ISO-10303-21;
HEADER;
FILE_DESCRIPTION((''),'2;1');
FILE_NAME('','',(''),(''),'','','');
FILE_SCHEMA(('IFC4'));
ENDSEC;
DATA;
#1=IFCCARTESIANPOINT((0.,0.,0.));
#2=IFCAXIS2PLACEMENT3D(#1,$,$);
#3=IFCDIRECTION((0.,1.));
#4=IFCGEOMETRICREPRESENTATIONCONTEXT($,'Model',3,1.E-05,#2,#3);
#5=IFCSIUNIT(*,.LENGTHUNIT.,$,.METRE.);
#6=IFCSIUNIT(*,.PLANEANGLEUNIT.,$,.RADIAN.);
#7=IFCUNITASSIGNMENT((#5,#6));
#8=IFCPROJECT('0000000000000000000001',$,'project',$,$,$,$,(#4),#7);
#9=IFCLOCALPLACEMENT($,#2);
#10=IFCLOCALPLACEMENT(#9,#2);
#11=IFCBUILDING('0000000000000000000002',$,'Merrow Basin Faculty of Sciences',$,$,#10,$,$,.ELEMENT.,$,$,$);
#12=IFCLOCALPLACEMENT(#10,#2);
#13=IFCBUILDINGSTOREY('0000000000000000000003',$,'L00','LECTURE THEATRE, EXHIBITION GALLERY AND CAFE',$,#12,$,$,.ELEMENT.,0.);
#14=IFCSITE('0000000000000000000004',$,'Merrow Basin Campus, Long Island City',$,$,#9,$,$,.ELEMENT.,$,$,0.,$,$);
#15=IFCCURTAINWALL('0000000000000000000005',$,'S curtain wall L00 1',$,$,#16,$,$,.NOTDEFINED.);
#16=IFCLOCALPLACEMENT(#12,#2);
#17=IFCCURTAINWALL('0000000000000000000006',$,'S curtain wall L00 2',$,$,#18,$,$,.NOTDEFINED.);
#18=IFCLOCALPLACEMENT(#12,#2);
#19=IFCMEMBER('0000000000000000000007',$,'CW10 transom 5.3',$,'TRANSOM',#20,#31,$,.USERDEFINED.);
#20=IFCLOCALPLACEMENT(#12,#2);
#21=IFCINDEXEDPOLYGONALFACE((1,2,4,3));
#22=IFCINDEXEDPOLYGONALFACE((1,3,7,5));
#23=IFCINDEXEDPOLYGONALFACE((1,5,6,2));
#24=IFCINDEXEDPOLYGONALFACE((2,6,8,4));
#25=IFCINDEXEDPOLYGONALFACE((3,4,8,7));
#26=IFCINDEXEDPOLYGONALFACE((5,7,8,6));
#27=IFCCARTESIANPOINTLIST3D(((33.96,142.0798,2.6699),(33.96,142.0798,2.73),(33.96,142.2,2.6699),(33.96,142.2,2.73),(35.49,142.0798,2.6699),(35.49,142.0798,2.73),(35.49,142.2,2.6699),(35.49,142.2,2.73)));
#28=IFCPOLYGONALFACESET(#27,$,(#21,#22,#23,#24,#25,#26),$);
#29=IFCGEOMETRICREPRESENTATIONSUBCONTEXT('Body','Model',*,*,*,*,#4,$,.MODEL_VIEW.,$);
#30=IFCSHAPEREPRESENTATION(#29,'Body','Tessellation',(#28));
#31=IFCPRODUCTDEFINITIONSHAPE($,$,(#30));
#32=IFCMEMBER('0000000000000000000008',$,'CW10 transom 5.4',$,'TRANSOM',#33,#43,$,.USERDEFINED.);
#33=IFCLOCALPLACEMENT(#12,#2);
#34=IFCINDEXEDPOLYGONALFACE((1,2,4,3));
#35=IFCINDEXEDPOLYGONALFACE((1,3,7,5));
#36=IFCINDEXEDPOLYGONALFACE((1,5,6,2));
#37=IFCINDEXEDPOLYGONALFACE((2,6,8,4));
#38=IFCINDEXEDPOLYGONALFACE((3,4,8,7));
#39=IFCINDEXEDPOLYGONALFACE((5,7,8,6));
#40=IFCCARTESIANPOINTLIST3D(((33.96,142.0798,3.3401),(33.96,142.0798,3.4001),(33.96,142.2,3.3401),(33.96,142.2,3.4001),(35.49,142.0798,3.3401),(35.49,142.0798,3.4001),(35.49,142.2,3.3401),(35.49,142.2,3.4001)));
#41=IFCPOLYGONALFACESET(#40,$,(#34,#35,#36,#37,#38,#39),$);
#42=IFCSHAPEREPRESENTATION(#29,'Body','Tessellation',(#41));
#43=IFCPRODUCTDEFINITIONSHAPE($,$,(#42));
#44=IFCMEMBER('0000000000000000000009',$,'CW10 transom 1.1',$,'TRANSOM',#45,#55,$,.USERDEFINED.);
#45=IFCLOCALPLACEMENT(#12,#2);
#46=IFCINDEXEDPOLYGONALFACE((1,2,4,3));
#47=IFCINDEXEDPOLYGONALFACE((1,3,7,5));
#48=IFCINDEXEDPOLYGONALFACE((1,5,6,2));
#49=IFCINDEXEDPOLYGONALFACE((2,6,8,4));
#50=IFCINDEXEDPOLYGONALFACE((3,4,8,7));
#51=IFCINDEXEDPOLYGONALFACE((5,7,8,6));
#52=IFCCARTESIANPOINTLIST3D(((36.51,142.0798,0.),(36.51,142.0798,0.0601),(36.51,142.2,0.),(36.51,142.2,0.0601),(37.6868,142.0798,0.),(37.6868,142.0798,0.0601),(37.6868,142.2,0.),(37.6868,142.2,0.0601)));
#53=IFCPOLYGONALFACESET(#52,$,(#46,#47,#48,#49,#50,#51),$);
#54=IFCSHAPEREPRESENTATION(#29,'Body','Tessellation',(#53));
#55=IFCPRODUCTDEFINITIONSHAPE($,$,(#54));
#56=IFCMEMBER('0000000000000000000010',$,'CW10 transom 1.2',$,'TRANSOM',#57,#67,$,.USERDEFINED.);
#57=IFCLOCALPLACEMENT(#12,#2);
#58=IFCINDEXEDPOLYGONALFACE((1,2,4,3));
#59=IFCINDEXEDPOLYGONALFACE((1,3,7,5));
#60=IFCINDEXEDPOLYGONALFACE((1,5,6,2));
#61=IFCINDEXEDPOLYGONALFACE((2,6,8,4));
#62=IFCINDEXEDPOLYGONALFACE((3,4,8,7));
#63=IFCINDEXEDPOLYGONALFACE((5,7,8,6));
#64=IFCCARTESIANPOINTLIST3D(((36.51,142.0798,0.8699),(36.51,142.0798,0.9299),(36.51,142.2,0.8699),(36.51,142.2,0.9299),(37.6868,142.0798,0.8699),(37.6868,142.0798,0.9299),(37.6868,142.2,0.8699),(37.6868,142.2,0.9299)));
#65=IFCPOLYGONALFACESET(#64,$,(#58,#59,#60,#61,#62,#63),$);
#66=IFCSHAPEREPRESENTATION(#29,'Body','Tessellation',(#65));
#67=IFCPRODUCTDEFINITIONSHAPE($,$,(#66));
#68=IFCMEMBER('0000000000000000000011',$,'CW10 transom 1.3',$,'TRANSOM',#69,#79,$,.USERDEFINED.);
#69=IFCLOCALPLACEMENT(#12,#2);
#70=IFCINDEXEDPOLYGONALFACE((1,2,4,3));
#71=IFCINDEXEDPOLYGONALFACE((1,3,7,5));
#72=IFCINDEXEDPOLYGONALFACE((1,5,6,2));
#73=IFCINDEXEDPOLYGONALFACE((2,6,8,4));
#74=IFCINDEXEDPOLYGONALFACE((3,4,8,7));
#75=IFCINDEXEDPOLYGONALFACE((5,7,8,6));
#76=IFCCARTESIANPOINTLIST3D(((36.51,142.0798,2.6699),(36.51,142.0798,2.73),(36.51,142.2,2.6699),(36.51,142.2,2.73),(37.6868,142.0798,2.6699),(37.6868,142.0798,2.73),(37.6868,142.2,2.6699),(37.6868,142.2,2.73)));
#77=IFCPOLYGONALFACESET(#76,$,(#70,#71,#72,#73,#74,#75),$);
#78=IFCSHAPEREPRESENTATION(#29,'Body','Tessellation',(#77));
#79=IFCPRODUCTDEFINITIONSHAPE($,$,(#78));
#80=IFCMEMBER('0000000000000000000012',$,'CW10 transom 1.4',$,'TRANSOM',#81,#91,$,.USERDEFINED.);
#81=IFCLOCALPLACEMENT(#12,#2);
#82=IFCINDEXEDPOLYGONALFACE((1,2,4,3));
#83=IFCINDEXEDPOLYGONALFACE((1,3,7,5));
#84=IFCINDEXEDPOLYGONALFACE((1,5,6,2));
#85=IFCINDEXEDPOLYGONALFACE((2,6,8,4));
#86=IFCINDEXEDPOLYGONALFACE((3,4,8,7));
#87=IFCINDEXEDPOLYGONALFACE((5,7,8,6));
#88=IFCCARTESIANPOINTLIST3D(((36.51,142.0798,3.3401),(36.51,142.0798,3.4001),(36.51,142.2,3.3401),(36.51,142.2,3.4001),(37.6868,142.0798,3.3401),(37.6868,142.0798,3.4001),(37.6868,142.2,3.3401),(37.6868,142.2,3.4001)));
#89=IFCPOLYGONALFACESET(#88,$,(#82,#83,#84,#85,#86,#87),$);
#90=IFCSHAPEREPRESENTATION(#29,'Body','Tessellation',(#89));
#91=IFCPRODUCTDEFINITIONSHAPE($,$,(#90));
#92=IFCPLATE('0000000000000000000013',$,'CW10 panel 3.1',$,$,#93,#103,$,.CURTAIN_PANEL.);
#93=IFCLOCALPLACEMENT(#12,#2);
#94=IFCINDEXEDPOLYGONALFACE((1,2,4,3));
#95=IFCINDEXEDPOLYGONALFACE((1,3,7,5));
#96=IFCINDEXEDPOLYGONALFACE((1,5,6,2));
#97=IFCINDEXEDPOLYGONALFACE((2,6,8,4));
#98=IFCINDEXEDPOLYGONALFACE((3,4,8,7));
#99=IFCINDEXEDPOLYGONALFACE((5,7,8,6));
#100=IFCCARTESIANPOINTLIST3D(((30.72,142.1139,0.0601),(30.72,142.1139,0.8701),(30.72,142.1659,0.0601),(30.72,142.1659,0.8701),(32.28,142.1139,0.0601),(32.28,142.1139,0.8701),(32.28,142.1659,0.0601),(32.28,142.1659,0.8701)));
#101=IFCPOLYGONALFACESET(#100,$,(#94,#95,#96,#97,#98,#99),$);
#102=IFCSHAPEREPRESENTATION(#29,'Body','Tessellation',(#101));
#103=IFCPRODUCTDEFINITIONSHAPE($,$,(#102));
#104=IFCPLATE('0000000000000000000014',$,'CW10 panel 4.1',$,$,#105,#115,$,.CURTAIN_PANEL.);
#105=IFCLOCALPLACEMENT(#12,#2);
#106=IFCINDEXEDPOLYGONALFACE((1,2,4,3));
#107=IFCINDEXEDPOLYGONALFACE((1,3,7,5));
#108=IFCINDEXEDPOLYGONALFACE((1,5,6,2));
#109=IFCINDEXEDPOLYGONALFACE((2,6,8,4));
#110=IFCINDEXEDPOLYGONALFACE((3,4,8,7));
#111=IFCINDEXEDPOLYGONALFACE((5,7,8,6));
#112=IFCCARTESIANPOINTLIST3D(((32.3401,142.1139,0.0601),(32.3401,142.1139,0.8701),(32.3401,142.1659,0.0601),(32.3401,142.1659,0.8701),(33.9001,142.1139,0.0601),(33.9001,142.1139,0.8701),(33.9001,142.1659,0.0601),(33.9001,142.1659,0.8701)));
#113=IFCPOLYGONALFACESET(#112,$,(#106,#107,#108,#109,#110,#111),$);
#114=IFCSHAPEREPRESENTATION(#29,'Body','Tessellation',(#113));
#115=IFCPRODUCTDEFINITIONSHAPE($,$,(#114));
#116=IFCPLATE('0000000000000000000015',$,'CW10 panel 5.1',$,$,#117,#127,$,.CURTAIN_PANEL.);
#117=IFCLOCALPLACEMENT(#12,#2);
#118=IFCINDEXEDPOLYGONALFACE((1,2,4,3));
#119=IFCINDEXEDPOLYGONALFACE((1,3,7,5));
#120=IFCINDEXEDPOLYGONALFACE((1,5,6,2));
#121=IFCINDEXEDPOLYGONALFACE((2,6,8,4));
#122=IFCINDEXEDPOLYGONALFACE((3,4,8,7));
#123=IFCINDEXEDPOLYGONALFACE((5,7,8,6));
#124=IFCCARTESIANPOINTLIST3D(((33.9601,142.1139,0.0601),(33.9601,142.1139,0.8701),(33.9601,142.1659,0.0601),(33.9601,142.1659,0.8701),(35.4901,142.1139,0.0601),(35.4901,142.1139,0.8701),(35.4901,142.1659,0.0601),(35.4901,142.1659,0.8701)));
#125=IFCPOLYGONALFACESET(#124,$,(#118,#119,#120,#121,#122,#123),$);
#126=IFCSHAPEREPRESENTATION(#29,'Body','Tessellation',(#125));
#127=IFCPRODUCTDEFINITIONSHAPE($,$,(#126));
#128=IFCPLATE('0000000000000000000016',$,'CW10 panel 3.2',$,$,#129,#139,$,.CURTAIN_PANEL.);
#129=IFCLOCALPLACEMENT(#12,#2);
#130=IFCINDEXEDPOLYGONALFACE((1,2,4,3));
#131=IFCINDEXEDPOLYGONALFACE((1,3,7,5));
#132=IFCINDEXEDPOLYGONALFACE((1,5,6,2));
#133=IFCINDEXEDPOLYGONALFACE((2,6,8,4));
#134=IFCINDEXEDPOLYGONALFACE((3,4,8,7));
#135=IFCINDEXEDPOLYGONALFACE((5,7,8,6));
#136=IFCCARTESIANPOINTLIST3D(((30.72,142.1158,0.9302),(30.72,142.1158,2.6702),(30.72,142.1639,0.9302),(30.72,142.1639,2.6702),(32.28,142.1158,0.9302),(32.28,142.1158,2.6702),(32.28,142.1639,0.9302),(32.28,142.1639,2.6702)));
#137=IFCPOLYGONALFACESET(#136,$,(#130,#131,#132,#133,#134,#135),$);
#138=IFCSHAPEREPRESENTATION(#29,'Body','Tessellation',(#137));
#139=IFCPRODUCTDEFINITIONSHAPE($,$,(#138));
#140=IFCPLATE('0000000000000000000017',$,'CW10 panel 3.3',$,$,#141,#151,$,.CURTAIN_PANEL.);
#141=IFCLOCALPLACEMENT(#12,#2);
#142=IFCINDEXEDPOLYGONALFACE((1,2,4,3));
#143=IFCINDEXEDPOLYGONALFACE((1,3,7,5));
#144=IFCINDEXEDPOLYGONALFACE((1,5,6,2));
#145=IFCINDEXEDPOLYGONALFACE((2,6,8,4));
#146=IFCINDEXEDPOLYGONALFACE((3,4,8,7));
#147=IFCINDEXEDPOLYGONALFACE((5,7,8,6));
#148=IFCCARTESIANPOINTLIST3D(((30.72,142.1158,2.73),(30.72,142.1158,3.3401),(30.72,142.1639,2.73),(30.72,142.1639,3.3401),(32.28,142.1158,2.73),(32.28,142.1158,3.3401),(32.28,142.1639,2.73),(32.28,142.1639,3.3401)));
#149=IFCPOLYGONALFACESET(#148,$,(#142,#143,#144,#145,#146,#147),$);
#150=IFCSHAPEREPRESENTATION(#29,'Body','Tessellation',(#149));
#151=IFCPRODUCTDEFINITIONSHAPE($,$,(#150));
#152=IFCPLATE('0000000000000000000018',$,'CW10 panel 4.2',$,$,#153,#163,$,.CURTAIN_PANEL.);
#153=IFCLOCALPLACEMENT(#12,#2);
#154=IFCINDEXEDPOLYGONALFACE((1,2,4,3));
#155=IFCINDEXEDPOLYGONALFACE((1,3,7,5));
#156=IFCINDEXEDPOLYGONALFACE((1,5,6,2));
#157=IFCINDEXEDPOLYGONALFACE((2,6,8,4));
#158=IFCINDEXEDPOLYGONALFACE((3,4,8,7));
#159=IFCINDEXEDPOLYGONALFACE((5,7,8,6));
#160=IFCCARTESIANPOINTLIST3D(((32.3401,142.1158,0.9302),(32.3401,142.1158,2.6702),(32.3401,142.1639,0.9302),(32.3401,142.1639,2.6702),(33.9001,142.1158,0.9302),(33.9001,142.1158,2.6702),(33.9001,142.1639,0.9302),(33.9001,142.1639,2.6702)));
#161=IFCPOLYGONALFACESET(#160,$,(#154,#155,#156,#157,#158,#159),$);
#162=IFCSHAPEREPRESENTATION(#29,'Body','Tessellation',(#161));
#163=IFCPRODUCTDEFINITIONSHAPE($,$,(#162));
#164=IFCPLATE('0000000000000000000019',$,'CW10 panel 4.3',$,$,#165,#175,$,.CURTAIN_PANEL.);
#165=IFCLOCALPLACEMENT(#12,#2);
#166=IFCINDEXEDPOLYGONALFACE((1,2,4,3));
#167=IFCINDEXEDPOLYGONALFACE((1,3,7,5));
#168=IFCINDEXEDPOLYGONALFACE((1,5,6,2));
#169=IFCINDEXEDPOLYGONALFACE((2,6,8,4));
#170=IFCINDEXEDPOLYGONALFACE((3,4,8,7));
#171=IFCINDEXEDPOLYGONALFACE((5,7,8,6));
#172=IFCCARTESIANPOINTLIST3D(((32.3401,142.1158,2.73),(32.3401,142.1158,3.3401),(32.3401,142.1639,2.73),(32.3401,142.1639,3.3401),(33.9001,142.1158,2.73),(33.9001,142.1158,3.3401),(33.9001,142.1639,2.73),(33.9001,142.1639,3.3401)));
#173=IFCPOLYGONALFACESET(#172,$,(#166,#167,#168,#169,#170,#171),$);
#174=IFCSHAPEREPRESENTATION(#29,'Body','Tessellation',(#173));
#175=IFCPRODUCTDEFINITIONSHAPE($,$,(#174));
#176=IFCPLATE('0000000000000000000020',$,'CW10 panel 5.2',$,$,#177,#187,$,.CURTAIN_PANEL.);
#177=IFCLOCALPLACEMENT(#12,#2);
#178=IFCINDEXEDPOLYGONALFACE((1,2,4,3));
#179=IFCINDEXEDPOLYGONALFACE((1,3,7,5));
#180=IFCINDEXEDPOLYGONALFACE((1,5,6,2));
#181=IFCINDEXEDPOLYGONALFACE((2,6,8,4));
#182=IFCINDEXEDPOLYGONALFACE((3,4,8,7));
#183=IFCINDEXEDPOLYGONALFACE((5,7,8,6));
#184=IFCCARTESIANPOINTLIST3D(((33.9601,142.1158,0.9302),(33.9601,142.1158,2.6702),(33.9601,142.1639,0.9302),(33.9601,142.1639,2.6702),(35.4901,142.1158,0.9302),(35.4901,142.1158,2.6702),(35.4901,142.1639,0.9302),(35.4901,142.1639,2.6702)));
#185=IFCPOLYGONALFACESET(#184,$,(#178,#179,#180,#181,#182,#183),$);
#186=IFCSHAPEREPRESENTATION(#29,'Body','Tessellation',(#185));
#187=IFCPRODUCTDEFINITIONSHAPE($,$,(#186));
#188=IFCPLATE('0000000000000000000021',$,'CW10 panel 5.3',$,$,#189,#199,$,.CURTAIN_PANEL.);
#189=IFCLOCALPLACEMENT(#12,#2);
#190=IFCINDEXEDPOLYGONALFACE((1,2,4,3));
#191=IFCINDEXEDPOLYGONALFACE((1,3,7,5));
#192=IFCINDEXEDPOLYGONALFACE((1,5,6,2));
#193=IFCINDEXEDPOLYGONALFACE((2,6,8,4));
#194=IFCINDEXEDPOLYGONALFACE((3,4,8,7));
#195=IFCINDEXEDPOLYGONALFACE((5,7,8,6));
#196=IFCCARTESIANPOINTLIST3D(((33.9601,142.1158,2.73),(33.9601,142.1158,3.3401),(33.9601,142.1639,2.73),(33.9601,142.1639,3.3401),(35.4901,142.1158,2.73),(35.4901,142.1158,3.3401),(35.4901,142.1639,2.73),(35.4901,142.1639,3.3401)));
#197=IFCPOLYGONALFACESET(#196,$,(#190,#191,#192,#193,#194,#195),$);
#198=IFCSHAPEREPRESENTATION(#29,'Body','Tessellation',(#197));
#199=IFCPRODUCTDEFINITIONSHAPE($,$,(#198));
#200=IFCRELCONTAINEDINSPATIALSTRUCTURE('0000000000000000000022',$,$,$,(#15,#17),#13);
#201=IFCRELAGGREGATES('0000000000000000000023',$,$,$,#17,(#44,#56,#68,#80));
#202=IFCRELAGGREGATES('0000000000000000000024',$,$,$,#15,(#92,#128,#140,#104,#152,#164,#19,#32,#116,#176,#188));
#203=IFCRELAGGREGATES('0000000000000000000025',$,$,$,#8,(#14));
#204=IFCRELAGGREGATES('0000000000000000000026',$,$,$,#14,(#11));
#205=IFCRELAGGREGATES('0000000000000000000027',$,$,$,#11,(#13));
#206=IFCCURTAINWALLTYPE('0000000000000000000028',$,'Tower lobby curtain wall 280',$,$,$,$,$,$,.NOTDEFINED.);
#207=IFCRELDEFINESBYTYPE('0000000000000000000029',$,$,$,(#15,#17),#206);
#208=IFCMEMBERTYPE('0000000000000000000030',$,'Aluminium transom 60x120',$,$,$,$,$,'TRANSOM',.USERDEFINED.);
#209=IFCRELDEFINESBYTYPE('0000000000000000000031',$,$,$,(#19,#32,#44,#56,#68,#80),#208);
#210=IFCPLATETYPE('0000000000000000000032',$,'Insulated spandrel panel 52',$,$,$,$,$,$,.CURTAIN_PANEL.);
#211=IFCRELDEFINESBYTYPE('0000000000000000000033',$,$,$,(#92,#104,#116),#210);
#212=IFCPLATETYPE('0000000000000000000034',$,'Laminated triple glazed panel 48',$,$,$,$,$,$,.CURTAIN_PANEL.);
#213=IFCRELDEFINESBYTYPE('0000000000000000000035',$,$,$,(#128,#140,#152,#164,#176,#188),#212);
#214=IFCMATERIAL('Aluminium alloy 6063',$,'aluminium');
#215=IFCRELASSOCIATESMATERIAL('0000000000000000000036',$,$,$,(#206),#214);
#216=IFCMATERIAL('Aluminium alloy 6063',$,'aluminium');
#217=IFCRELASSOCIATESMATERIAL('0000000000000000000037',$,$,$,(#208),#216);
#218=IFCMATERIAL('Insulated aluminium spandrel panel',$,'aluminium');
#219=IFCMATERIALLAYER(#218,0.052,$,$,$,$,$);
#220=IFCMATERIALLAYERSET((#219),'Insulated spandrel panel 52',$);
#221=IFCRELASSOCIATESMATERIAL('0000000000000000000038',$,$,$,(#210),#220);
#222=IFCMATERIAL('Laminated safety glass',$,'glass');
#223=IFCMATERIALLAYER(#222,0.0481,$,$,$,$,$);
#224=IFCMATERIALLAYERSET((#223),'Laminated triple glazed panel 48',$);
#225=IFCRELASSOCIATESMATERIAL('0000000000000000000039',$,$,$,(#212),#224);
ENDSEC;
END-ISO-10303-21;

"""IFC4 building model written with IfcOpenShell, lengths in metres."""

from ifc_helpers import new_model, si_unit, direction, frame, origin, origin_2d, place, context, subcontext, project, spatial, rectangle, extrude, material, layer, layer_set, material_profile, profile_set, type_object, element, aggregate, save


model = new_model("IFC4")

# Units and contexts
model_context = context("Model", 3, precision=1e-05, world=origin(), true_north=direction((0.0, 1.0)))
body_context = subcontext(model_context, "Body", "Model", "MODEL_VIEW")
ifc_project = project(units=[si_unit("LENGTHUNIT", "METRE"), si_unit("PLANEANGLEUNIT", "RADIAN")], contexts=[model_context])

# Site, building, storey
site_placement = place(None, origin())
site = spatial("IfcSite", under=ifc_project, at=site_placement, Name="Merrow Basin Campus, Long Island City", CompositionType="ELEMENT", RefElevation=0.0)
building_placement = place(site_placement, origin())
building = spatial("IfcBuilding", under=site, at=building_placement, Name="Merrow Basin Faculty of Sciences", CompositionType="ELEMENT")
storey_placement = place(building_placement, origin())
storey = spatial("IfcBuildingStorey", under=building, at=storey_placement, Name="L00", Description="LECTURE THEATRE, EXHIBITION GALLERY AND CAFE", CompositionType="ELEMENT", Elevation=0.0)

# Curtain wall
ifc_material_1 = material(Name="Aluminium alloy 6063", Category="aluminium")
curtain_wall_type = type_object("IfcCurtainWallType", Name="Tower lobby curtain wall 280", PredefinedType="NOTDEFINED", material=ifc_material_1)
curtain_wall_1_placement = place(storey_placement, origin())
curtain_wall_1 = element("IfcCurtainWall", 1, at=curtain_wall_1_placement, inside=storey, type_object=curtain_wall_type, Name="S curtain wall L00 1", PredefinedType="NOTDEFINED")

# Curtain wall
curtain_wall_2_placement = place(storey_placement, origin())
curtain_wall_2 = element("IfcCurtainWall", 2, at=curtain_wall_2_placement, inside=storey, type_object=curtain_wall_type, Name="S curtain wall L00 2", PredefinedType="NOTDEFINED")

# Members
ifc_material_2 = material(Name="Aluminium alloy 6063", Category="aluminium")
ifc_material_profile_1 = material_profile(ifc_material_2, rectangle(XDim=0.1201, YDim=0.0601, at=origin_2d()))
ifc_profile_set_1 = profile_set([ifc_material_profile_1], Name="Aluminium alloy 6063")
member_type_1 = type_object("IfcMemberType", Name="Aluminium transom 60x120", ElementType="TRANSOM", PredefinedType="USERDEFINED", material=ifc_profile_set_1)
member_1_placement = place(storey_placement, frame((33.96, 142.1399, 2.7), z_axis=(1.0, 0.0, 0.0), x_axis=(0.0, 1.0, 0.0)))
member_1 = element("IfcMember", 3, at=member_1_placement, type_object=member_type_1, Name="CW10 transom 5.3", ObjectType="TRANSOM", PredefinedType="USERDEFINED", context=body_context, shape_type="SweptSolid", body=[
    extrude(rectangle(XDim=0.1201, YDim=0.0601, at=origin_2d()), origin(), (0.0, 0.0, 1.0), 1.53),
])
member_2_placement = place(storey_placement, frame((33.96, 142.1399, 3.3701), z_axis=(1.0, 0.0, 0.0), x_axis=(0.0, 1.0, 0.0)))
member_2 = element("IfcMember", 4, at=member_2_placement, type_object=member_type_1, Name="CW10 transom 5.4", ObjectType="TRANSOM", PredefinedType="USERDEFINED", context=body_context, shape_type="SweptSolid", body=[
    extrude(rectangle(XDim=0.1201, YDim=0.0601, at=origin_2d()), origin(), (0.0, 0.0, 1.0), 1.53),
])
member_3_placement = place(storey_placement, frame((36.51, 142.1399, 0.03), z_axis=(1.0, 0.0, 0.0), x_axis=(0.0, 1.0, 0.0)))
member_3 = element("IfcMember", 5, at=member_3_placement, type_object=member_type_1, Name="CW10 transom 1.1", ObjectType="TRANSOM", PredefinedType="USERDEFINED", context=body_context, shape_type="SweptSolid", body=[
    extrude(rectangle(XDim=0.1201, YDim=0.0601, at=origin_2d()), origin(), (0.0, 0.0, 1.0), 1.1768),
])
member_4_placement = place(storey_placement, frame((36.51, 142.1399, 0.8999), z_axis=(1.0, 0.0, 0.0), x_axis=(0.0, 1.0, 0.0)))
member_4 = element("IfcMember", 6, at=member_4_placement, type_object=member_type_1, Name="CW10 transom 1.2", ObjectType="TRANSOM", PredefinedType="USERDEFINED", context=body_context, shape_type="SweptSolid", body=[
    extrude(rectangle(XDim=0.1201, YDim=0.0601, at=origin_2d()), origin(), (0.0, 0.0, 1.0), 1.1768),
])
member_5_placement = place(storey_placement, frame((36.51, 142.1399, 2.7), z_axis=(1.0, 0.0, 0.0), x_axis=(0.0, 1.0, 0.0)))
member_5 = element("IfcMember", 7, at=member_5_placement, type_object=member_type_1, Name="CW10 transom 1.3", ObjectType="TRANSOM", PredefinedType="USERDEFINED", context=body_context, shape_type="SweptSolid", body=[
    extrude(rectangle(XDim=0.1201, YDim=0.0601, at=origin_2d()), origin(), (0.0, 0.0, 1.0), 1.1768),
])
member_6_placement = place(storey_placement, frame((36.51, 142.1399, 3.3701), z_axis=(1.0, 0.0, 0.0), x_axis=(0.0, 1.0, 0.0)))
member_6 = element("IfcMember", 8, at=member_6_placement, type_object=member_type_1, Name="CW10 transom 1.4", ObjectType="TRANSOM", PredefinedType="USERDEFINED", context=body_context, shape_type="SweptSolid", body=[
    extrude(rectangle(XDim=0.1201, YDim=0.0601, at=origin_2d()), origin(), (0.0, 0.0, 1.0), 1.1768),
])
aggregate(curtain_wall_2, [member_3, member_4, member_5, member_6])

# Plates
ifc_material_3 = material(Name="Insulated aluminium spandrel panel", Category="aluminium")
ifc_layer_1 = layer(ifc_material_3, 0.052)
ifc_layer_set_1 = layer_set([ifc_layer_1], Name="Insulated spandrel panel 52")
plate_type_1 = type_object("IfcPlateType", Name="Insulated spandrel panel 52", PredefinedType="CURTAIN_PANEL", material=ifc_layer_set_1)
plate_1_placement = place(storey_placement, frame((31.5, 142.1399, 0.0601), z_axis=(0.0, 0.0, 1.0), x_axis=(1.0, 0.0, 0.0)))
plate_1 = element("IfcPlate", 9, at=plate_1_placement, type_object=plate_type_1, Name="CW10 panel 3.1", PredefinedType="CURTAIN_PANEL", context=body_context, shape_type="SweptSolid", body=[
    extrude(rectangle(XDim=1.5601, YDim=0.052, at=origin_2d()), origin(), (0.0, 0.0, 1.0), 0.8101),
])
plate_2_placement = place(storey_placement, frame((33.1201, 142.1399, 0.0601), z_axis=(0.0, 0.0, 1.0), x_axis=(1.0, 0.0, 0.0)))
plate_2 = element("IfcPlate", 10, at=plate_2_placement, type_object=plate_type_1, Name="CW10 panel 4.1", PredefinedType="CURTAIN_PANEL", context=body_context, shape_type="SweptSolid", body=[
    extrude(rectangle(XDim=1.5601, YDim=0.052, at=origin_2d()), origin(), (0.0, 0.0, 1.0), 0.8101),
])
plate_3_placement = place(storey_placement, frame((34.7251, 142.1399, 0.0601), z_axis=(0.0, 0.0, 1.0), x_axis=(1.0, 0.0, 0.0)))
plate_3 = element("IfcPlate", 11, at=plate_3_placement, type_object=plate_type_1, Name="CW10 panel 5.1", PredefinedType="CURTAIN_PANEL", context=body_context, shape_type="SweptSolid", body=[
    extrude(rectangle(XDim=1.53, YDim=0.052, at=origin_2d()), origin(), (0.0, 0.0, 1.0), 0.8101),
])
ifc_material_4 = material(Name="Laminated safety glass", Category="glass")
ifc_layer_2 = layer(ifc_material_4, 0.0481)
ifc_layer_set_2 = layer_set([ifc_layer_2], Name="Laminated triple glazed panel 48")
plate_type_2 = type_object("IfcPlateType", Name="Laminated triple glazed panel 48", PredefinedType="CURTAIN_PANEL", material=ifc_layer_set_2)
plate_4_placement = place(storey_placement, frame((31.5, 142.1399, 0.9302), z_axis=(0.0, 0.0, 1.0), x_axis=(1.0, 0.0, 0.0)))
plate_4 = element("IfcPlate", 12, at=plate_4_placement, type_object=plate_type_2, Name="CW10 panel 3.2", PredefinedType="CURTAIN_PANEL", context=body_context, shape_type="SweptSolid", body=[
    extrude(rectangle(XDim=1.5601, YDim=0.0481, at=origin_2d()), origin(), (0.0, 0.0, 1.0), 1.74),
])
plate_5_placement = place(storey_placement, frame((31.5, 142.1399, 2.73), z_axis=(0.0, 0.0, 1.0), x_axis=(1.0, 0.0, 0.0)))
plate_5 = element("IfcPlate", 13, at=plate_5_placement, type_object=plate_type_2, Name="CW10 panel 3.3", PredefinedType="CURTAIN_PANEL", context=body_context, shape_type="SweptSolid", body=[
    extrude(rectangle(XDim=1.5601, YDim=0.0481, at=origin_2d()), origin(), (0.0, 0.0, 1.0), 0.6101),
])
plate_6_placement = place(storey_placement, frame((33.1201, 142.1399, 0.9302), z_axis=(0.0, 0.0, 1.0), x_axis=(1.0, 0.0, 0.0)))
plate_6 = element("IfcPlate", 14, at=plate_6_placement, type_object=plate_type_2, Name="CW10 panel 4.2", PredefinedType="CURTAIN_PANEL", context=body_context, shape_type="SweptSolid", body=[
    extrude(rectangle(XDim=1.5601, YDim=0.0481, at=origin_2d()), origin(), (0.0, 0.0, 1.0), 1.74),
])
plate_7_placement = place(storey_placement, frame((33.1201, 142.1399, 2.73), z_axis=(0.0, 0.0, 1.0), x_axis=(1.0, 0.0, 0.0)))
plate_7 = element("IfcPlate", 15, at=plate_7_placement, type_object=plate_type_2, Name="CW10 panel 4.3", PredefinedType="CURTAIN_PANEL", context=body_context, shape_type="SweptSolid", body=[
    extrude(rectangle(XDim=1.5601, YDim=0.0481, at=origin_2d()), origin(), (0.0, 0.0, 1.0), 0.6101),
])
plate_8_placement = place(storey_placement, frame((34.7251, 142.1399, 0.9302), z_axis=(0.0, 0.0, 1.0), x_axis=(1.0, 0.0, 0.0)))
plate_8 = element("IfcPlate", 16, at=plate_8_placement, type_object=plate_type_2, Name="CW10 panel 5.2", PredefinedType="CURTAIN_PANEL", context=body_context, shape_type="SweptSolid", body=[
    extrude(rectangle(XDim=1.53, YDim=0.0481, at=origin_2d()), origin(), (0.0, 0.0, 1.0), 1.74),
])
plate_9_placement = place(storey_placement, frame((34.7251, 142.1399, 2.73), z_axis=(0.0, 0.0, 1.0), x_axis=(1.0, 0.0, 0.0)))
plate_9 = element("IfcPlate", 17, at=plate_9_placement, type_object=plate_type_2, Name="CW10 panel 5.3", PredefinedType="CURTAIN_PANEL", context=body_context, shape_type="SweptSolid", body=[
    extrude(rectangle(XDim=1.53, YDim=0.0481, at=origin_2d()), origin(), (0.0, 0.0, 1.0), 0.6101),
])
aggregate(curtain_wall_1, [plate_1, plate_4, plate_5, plate_2, plate_6, plate_7, member_1, member_2, plate_3, plate_8, plate_9])

save(model, "model.ifc")
